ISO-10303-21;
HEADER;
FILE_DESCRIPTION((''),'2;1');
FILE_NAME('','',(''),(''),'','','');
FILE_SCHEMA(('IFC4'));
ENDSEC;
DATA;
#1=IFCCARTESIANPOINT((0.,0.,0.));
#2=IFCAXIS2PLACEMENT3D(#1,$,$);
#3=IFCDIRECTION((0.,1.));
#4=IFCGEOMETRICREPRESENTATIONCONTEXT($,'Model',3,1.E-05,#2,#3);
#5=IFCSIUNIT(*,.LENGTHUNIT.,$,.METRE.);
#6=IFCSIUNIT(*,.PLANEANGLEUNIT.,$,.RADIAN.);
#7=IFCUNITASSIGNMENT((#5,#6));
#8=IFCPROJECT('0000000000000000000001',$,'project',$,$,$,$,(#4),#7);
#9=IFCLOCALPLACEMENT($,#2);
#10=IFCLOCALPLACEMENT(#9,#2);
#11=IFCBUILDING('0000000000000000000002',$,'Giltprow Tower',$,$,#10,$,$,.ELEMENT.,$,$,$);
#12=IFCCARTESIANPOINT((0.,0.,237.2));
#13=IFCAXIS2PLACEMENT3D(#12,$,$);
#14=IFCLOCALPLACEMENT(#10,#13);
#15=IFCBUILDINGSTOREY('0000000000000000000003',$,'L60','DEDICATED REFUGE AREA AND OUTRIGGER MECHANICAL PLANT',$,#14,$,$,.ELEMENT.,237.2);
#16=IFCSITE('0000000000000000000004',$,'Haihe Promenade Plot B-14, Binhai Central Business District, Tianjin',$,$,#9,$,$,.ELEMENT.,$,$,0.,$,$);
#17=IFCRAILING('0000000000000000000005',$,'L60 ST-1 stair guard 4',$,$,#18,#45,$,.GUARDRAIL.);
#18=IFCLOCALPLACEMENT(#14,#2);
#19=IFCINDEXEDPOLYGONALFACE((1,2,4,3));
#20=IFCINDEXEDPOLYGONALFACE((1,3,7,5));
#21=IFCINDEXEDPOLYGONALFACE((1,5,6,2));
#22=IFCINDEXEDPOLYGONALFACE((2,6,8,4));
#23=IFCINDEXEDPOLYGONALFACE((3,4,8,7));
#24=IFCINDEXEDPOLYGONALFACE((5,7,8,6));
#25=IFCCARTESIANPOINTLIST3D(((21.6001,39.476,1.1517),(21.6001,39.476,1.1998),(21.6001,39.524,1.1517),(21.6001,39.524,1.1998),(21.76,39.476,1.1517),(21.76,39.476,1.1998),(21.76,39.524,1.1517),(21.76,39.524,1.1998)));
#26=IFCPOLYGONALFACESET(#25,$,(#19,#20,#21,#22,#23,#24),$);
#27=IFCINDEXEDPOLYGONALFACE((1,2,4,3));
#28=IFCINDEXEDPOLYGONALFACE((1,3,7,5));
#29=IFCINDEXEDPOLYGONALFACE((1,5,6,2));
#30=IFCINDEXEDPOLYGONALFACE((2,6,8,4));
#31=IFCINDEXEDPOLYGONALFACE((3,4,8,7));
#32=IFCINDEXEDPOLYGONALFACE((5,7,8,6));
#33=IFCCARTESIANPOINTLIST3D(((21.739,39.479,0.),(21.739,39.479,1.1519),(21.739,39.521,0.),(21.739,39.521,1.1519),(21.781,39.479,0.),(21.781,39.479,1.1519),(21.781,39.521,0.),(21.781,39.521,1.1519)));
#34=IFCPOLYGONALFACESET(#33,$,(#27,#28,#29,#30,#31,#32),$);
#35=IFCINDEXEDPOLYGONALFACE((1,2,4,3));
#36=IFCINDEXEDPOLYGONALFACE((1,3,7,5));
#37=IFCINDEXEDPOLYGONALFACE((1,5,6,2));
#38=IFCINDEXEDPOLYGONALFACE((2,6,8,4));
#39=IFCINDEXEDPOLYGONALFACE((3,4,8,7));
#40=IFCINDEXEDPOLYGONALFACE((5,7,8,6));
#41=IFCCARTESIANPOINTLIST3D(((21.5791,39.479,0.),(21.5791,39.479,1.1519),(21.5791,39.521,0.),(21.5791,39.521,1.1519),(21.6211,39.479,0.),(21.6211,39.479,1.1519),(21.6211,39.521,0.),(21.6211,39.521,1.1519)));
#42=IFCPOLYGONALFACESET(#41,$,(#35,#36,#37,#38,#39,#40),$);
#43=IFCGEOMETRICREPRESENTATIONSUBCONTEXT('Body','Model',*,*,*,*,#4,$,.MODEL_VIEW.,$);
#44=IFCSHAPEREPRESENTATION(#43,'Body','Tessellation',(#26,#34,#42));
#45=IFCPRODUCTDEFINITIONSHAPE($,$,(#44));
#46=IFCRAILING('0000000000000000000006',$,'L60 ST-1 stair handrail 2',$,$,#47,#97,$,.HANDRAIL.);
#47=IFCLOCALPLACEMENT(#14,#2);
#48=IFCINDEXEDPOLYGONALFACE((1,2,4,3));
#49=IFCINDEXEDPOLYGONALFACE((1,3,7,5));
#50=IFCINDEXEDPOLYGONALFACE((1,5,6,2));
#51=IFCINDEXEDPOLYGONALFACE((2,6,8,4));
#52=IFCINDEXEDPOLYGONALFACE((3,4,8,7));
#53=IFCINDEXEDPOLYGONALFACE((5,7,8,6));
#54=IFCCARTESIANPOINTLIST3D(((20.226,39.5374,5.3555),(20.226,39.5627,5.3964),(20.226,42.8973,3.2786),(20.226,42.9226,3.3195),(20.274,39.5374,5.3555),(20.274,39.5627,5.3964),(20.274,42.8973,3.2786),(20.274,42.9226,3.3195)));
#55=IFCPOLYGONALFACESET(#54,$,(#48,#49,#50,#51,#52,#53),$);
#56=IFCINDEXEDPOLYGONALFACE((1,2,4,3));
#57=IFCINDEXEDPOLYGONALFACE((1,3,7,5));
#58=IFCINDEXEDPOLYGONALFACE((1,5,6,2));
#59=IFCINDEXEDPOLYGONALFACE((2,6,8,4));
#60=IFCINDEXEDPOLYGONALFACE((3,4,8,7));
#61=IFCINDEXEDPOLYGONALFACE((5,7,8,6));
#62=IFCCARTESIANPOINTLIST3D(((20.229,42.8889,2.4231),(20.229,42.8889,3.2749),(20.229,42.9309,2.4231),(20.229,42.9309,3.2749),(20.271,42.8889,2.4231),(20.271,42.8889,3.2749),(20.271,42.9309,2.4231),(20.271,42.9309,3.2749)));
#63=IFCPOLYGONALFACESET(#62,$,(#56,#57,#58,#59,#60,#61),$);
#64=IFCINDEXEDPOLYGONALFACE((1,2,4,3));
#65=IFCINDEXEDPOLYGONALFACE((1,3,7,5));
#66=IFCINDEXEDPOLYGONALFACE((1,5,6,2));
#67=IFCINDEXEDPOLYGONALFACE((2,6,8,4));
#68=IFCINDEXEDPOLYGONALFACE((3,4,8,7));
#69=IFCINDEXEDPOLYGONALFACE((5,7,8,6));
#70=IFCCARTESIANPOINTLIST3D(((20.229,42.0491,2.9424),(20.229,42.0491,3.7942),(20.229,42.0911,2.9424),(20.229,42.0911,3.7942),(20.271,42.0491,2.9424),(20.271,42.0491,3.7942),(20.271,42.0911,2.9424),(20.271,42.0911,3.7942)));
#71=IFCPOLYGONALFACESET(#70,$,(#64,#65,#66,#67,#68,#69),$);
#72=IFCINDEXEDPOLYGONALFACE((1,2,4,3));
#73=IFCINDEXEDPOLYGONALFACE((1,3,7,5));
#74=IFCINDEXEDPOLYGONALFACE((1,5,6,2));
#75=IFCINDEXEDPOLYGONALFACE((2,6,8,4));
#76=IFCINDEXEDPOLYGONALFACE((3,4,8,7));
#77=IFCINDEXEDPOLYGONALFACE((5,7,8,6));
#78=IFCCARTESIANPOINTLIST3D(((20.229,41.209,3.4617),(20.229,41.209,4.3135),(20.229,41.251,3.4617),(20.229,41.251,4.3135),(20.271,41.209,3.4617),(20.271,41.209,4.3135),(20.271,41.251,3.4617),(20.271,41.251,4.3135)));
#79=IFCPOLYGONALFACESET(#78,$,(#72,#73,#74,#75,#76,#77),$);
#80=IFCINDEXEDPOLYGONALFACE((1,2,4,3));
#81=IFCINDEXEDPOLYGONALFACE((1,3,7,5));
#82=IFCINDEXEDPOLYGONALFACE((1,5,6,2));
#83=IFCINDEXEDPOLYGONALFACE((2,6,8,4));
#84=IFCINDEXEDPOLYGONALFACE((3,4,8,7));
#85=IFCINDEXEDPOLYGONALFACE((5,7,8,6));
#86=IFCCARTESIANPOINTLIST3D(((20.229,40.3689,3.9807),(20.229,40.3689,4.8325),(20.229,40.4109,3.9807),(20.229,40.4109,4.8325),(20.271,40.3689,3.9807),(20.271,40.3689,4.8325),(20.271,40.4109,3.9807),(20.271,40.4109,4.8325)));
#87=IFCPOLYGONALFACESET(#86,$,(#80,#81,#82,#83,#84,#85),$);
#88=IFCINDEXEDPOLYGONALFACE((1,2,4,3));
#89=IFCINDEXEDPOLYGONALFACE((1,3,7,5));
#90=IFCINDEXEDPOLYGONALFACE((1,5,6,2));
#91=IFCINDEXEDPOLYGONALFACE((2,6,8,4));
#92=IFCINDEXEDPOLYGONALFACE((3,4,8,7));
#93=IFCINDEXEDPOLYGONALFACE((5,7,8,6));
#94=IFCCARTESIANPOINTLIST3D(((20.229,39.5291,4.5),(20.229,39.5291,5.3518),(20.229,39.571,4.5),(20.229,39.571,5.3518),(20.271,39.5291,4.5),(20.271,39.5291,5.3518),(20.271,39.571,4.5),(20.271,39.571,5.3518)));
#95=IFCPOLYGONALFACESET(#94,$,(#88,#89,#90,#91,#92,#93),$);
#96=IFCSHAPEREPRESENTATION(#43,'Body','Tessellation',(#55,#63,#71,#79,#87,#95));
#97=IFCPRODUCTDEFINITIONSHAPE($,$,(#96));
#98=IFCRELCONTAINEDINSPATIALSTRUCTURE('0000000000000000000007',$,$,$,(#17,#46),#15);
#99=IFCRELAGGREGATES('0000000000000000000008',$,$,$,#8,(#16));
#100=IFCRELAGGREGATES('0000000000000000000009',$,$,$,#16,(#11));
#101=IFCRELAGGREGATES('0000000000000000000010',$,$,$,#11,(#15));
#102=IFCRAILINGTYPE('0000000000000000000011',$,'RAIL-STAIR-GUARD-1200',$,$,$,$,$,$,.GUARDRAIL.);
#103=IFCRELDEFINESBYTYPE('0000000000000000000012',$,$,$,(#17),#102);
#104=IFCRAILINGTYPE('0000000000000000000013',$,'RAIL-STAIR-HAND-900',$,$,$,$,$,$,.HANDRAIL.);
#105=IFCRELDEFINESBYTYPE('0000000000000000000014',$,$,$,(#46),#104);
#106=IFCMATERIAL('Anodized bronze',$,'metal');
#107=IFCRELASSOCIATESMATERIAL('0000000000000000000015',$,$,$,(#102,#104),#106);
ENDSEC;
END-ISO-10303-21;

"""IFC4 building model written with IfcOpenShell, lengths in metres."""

from ifc_helpers import new_model, si_unit, direction, frame, origin, origin_2d, place, context, subcontext, project, spatial, rectangle, extrude, material, type_object, element, save


model = new_model("IFC4")

# Units and contexts
model_context = context("Model", 3, precision=1e-05, world=origin(), true_north=direction((0.0, 1.0)))
body_context = subcontext(model_context, "Body", "Model", "MODEL_VIEW")
ifc_project = project(units=[si_unit("LENGTHUNIT", "METRE"), si_unit("PLANEANGLEUNIT", "RADIAN")], contexts=[model_context])

# Site, building, storey
site_placement = place(None, origin())
site = spatial("IfcSite", under=ifc_project, at=site_placement, Name="Haihe Promenade Plot B-14, Binhai Central Business District, Tianjin", CompositionType="ELEMENT", RefElevation=0.0)
building_placement = place(site_placement, origin())
building = spatial("IfcBuilding", under=site, at=building_placement, Name="Giltprow Tower", CompositionType="ELEMENT")
storey_placement = place(building_placement, frame((0.0, 0.0, 237.2)))
storey = spatial("IfcBuildingStorey", under=building, at=storey_placement, Name="L60", Description="DEDICATED REFUGE AREA AND OUTRIGGER MECHANICAL PLANT", CompositionType="ELEMENT", Elevation=237.2)

# Railings
ifc_material_1 = material(Name="Anodized bronze", Category="metal")
railing_type_1 = type_object("IfcRailingType", Name="RAIL-STAIR-GUARD-1200", PredefinedType="GUARDRAIL", material=ifc_material_1)
railing_1_placement = place(storey_placement, frame((21.76, 39.5, 0.0)))
element("IfcRailing", 1, at=railing_1_placement, inside=storey, type_object=railing_type_1, Name="L60 ST-1 stair guard 4", PredefinedType="GUARDRAIL", context=body_context, shape_type="SweptSolid", body=[
    extrude(rectangle(XDim=0.0481, YDim=0.0481, at=origin_2d()), frame((0.0, 0.0, 1.1758), z_axis=(-1.0, 0.0, 0.0), x_axis=(0.0, -1.0, 0.0)), (0.0, 0.0, 1.0), 0.1599),
    extrude(rectangle(XDim=0.042, YDim=0.042, at=origin_2d()), origin(), (0.0, 0.0, 1.0), 1.1519),
    extrude(rectangle(XDim=0.042, YDim=0.042, at=origin_2d()), frame((-0.1599, 0.0, 0.0)), (0.0, 0.0, 1.0), 1.1519),
])
railing_type_2 = type_object("IfcRailingType", Name="RAIL-STAIR-HAND-900", PredefinedType="HANDRAIL", material=ifc_material_1)
railing_2_placement = place(storey_placement, frame((20.25, 42.9099, 2.4231)))
element("IfcRailing", 2, at=railing_2_placement, inside=storey, type_object=railing_type_2, Name="L60 ST-1 stair handrail 2", PredefinedType="HANDRAIL", context=body_context, shape_type="SweptSolid", body=[
    extrude(rectangle(XDim=0.0481, YDim=0.0481, at=origin_2d()), frame((0.0, 0.0, 0.876), z_axis=(0.0, -0.850606, 0.525803), x_axis=(1.0, 0.0, 0.0)), (0.0, 0.0, 1.0), 3.95),
    extrude(rectangle(XDim=0.042, YDim=0.042, at=origin_2d()), origin(), (0.0, 0.0, 1.0), 0.8518),
    extrude(rectangle(XDim=0.042, YDim=0.042, at=origin_2d()), frame((0.0, -0.8398, 0.5193)), (0.0, 0.0, 1.0), 0.8518),
    extrude(rectangle(XDim=0.042, YDim=0.042, at=origin_2d()), frame((0.0, -1.6799, 1.0386)), (0.0, 0.0, 1.0), 0.8518),
    extrude(rectangle(XDim=0.042, YDim=0.042, at=origin_2d()), frame((0.0, -2.52, 1.5576)), (0.0, 0.0, 1.0), 0.8518),
    extrude(rectangle(XDim=0.042, YDim=0.042, at=origin_2d()), frame((0.0, -3.3599, 2.0769)), (0.0, 0.0, 1.0), 0.8518),
])

save(model, "model.ifc")
